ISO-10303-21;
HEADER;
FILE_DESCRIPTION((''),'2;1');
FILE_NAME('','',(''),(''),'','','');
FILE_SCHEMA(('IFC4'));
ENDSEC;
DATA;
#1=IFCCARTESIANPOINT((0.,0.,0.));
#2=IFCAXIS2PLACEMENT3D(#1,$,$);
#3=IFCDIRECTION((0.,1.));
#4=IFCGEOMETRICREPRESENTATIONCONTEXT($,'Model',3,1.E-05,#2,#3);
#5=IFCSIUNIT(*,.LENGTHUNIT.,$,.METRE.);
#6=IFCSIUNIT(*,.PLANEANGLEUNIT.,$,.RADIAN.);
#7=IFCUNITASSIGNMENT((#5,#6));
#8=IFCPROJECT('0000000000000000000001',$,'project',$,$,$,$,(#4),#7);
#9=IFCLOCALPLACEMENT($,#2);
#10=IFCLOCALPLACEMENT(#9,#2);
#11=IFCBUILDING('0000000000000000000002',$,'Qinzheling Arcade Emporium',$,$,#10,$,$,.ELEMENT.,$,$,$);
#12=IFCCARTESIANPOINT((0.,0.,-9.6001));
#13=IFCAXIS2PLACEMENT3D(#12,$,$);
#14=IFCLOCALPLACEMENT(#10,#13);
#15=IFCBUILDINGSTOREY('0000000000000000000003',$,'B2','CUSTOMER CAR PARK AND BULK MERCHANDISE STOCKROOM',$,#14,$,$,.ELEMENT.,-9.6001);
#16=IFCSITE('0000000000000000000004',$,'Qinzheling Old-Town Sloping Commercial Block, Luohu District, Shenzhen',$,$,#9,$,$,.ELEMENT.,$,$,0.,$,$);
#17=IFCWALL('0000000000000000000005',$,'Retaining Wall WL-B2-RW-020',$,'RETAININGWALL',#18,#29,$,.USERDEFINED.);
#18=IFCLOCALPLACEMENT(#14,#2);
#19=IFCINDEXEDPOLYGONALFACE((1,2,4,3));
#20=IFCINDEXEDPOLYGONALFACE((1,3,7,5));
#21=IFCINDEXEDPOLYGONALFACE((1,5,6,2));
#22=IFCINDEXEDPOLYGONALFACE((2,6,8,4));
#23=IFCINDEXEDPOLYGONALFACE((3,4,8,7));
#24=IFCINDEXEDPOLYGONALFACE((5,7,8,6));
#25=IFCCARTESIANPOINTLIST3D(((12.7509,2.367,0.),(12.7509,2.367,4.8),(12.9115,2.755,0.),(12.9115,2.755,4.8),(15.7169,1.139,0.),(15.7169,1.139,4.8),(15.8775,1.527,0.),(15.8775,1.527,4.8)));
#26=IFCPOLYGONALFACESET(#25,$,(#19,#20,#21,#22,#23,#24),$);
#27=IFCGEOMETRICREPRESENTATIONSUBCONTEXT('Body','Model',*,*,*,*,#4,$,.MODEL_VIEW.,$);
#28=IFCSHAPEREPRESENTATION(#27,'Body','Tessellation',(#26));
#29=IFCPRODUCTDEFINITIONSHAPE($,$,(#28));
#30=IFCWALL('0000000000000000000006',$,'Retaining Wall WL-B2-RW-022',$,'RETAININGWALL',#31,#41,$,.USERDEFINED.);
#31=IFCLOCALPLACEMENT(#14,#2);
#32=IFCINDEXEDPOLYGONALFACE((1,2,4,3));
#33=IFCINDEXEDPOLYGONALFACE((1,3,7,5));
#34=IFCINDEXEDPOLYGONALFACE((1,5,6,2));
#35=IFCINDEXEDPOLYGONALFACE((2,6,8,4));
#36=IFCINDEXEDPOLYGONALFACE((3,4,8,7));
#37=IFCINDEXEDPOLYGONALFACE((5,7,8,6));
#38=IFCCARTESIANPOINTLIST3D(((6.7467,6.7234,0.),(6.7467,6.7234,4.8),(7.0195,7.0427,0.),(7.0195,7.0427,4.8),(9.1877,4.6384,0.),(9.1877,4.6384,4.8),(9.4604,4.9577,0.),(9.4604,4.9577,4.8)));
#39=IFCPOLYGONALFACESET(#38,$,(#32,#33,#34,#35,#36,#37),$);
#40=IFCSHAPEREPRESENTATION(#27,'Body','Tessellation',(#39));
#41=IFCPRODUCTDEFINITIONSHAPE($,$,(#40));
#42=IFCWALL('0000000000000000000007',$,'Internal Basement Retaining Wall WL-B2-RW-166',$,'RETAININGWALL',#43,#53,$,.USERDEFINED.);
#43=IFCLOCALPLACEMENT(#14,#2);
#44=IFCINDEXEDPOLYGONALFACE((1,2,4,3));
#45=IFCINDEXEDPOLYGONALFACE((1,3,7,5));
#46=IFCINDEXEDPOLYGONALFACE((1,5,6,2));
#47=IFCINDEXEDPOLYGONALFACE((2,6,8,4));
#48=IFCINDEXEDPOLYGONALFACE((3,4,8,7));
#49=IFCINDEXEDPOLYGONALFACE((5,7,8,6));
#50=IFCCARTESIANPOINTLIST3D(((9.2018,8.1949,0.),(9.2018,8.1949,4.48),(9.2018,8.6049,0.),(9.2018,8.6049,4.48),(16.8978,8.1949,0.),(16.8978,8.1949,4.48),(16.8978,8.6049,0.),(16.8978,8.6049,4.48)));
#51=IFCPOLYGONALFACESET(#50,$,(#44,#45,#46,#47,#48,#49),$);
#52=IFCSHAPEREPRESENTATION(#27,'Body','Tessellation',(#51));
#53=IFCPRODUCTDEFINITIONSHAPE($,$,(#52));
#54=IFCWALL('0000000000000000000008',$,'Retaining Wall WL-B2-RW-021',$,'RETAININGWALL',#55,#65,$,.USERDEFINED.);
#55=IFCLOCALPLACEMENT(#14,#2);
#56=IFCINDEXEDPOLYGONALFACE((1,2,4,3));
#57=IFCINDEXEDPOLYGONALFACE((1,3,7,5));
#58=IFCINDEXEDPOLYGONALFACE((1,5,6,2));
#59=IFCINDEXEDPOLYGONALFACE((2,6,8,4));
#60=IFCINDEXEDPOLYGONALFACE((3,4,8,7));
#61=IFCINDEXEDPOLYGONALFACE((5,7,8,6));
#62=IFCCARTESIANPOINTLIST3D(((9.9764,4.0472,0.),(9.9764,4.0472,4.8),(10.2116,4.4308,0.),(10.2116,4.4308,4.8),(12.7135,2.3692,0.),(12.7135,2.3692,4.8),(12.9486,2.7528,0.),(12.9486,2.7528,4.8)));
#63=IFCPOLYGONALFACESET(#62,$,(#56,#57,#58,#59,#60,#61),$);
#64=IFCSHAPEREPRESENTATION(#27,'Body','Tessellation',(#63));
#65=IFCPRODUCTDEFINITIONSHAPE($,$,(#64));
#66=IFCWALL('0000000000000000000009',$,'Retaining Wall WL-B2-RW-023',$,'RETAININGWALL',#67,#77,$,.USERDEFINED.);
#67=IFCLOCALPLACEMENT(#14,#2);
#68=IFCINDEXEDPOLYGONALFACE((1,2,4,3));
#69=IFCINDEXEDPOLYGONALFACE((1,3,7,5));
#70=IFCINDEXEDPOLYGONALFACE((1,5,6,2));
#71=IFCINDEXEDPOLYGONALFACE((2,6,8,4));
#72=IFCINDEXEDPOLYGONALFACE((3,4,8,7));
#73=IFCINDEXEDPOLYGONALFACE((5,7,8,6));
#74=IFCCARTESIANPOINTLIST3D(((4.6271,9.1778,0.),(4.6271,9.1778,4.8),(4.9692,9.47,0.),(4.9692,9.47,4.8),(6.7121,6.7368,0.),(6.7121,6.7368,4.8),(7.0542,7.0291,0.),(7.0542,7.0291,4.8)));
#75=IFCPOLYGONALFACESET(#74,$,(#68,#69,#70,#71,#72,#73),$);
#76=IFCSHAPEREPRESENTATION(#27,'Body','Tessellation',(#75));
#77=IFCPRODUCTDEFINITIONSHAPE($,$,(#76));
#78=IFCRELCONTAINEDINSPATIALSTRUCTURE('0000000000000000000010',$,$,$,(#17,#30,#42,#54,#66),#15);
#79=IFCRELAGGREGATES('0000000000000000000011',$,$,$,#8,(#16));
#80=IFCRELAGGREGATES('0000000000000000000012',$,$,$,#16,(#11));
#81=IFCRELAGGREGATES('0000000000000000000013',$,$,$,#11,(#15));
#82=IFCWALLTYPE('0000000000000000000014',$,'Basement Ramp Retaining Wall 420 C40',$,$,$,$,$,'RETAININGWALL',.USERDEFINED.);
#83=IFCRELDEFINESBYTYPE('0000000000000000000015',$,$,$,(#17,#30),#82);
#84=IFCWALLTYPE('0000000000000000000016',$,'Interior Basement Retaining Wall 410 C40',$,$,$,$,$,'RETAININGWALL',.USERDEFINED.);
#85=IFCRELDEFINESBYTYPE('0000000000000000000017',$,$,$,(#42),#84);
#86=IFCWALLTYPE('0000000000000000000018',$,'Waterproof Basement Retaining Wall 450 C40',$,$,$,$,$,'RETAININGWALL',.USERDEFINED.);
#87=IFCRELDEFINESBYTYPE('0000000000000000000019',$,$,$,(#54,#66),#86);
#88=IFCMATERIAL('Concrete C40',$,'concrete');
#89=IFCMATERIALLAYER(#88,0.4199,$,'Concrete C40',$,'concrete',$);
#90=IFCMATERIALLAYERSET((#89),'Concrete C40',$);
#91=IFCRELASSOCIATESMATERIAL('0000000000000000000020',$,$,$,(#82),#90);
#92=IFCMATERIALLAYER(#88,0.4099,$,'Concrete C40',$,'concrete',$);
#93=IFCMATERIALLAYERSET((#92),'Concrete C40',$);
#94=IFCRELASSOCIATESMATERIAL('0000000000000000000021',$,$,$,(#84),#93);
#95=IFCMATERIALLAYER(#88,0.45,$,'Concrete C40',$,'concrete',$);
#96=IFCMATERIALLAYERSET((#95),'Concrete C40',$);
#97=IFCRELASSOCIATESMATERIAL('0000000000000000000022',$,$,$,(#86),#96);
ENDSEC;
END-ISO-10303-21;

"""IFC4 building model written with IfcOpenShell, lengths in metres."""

from ifc_helpers import new_model, si_unit, direction, frame, frame_2d, origin, place, context, subcontext, project, spatial, rectangle, extrude, material, layer, layer_set, type_object, element, save


model = new_model("IFC4")

# Units and contexts
model_context = context("Model", 3, precision=1e-05, world=origin(), true_north=direction((0.0, 1.0)))
body_context = subcontext(model_context, "Body", "Model", "MODEL_VIEW")
ifc_project = project(units=[si_unit("LENGTHUNIT", "METRE"), si_unit("PLANEANGLEUNIT", "RADIAN")], contexts=[model_context])

# Site, building, storey
site_placement = place(None, origin())
site = spatial("IfcSite", under=ifc_project, at=site_placement, Name="Qinzheling Old-Town Sloping Commercial Block, Luohu District, Shenzhen", CompositionType="ELEMENT", RefElevation=0.0)
building_placement = place(site_placement, origin())
building = spatial("IfcBuilding", under=site, at=building_placement, Name="Qinzheling Arcade Emporium", CompositionType="ELEMENT")
storey_placement = place(building_placement, frame((0.0, 0.0, -9.6001)))
storey = spatial("IfcBuildingStorey", under=building, at=storey_placement, Name="B2", Description="CUSTOMER CAR PARK AND BULK MERCHANDISE STOCKROOM", CompositionType="ELEMENT", Elevation=-9.6001)

# Shared definitions
ifc_material_1 = material(Name="Concrete C40", Category="concrete")

# Walls
ifc_layer_1 = layer(ifc_material_1, 0.4199, Name="Concrete C40", Category="concrete")
ifc_layer_set_1 = layer_set([ifc_layer_1], Name="Concrete C40")
wall_type_1 = type_object("IfcWallType", Name="Basement Ramp Retaining Wall 420 C40", ElementType="RETAININGWALL", PredefinedType="USERDEFINED", material=ifc_layer_set_1)
for number, where, z_axis, x_axis, name in (
    (1, (15.7971, 1.333, 0.0), (0.0, 0.0, 1.0), (-0.923941, 0.382535, 0.0), "Retaining Wall WL-B2-RW-020"),
    (2, (9.324, 4.7981, 0.0), (0.0, 0.0, 1.0), (-0.760372, 0.649488, 0.0), "Retaining Wall WL-B2-RW-022"),
):
    element("IfcWall", number, at=place(storey_placement, frame(where, z_axis=z_axis, x_axis=x_axis)), inside=storey, type_object=wall_type_1, Name=name, ObjectType="RETAININGWALL", PredefinedType="USERDEFINED", context=body_context, shape_type="SweptSolid", body=[
        extrude(rectangle(XDim=3.2102, YDim=0.4199, at=frame_2d((1.605, 0.0))), origin(), (0.0, 0.0, 1.0), 4.8),
    ])
ifc_layer_2 = layer(ifc_material_1, 0.4099, Name="Concrete C40", Category="concrete")
ifc_layer_set_2 = layer_set([ifc_layer_2], Name="Concrete C40")
wall_type_2 = type_object("IfcWallType", Name="Interior Basement Retaining Wall 410 C40", ElementType="RETAININGWALL", PredefinedType="USERDEFINED", material=ifc_layer_set_2)
wall_1_placement = place(storey_placement, frame((16.8979, 8.3999, 0.0), z_axis=(0.0, 0.0, 1.0), x_axis=(-1.0, 0.0, 0.0)))
element("IfcWall", 3, at=wall_1_placement, inside=storey, type_object=wall_type_2, Name="Internal Basement Retaining Wall WL-B2-RW-166", ObjectType="RETAININGWALL", PredefinedType="USERDEFINED", context=body_context, shape_type="SweptSolid", body=[
    extrude(rectangle(XDim=7.696, YDim=0.4099, at=frame_2d((3.8481, 0.0))), origin(), (0.0, 0.0, 1.0), 4.48),
])
ifc_layer_3 = layer(ifc_material_1, 0.45, Name="Concrete C40", Category="concrete")
ifc_layer_set_3 = layer_set([ifc_layer_3], Name="Concrete C40")
wall_type_3 = type_object("IfcWallType", Name="Waterproof Basement Retaining Wall 450 C40", ElementType="RETAININGWALL", PredefinedType="USERDEFINED", material=ifc_layer_set_3)
wall_2_placement = place(storey_placement, frame((12.8311, 2.561, 0.0), z_axis=(0.0, 0.0, 1.0), x_axis=(-0.852542, 0.522658, 0.0)))
element("IfcWall", 4, at=wall_2_placement, inside=storey, type_object=wall_type_3, Name="Retaining Wall WL-B2-RW-021", ObjectType="RETAININGWALL", PredefinedType="USERDEFINED", context=body_context, shape_type="SweptSolid", body=[
    extrude(rectangle(XDim=3.2104, YDim=0.45, at=frame_2d((1.6052, 0.0))), origin(), (0.0, 0.0, 1.0), 4.8),
])
wall_3_placement = place(storey_placement, frame((6.8831, 6.8831, 0.0), z_axis=(0.0, 0.0, 1.0), x_axis=(-0.649488, 0.760372, 0.0)))
element("IfcWall", 5, at=wall_3_placement, inside=storey, type_object=wall_type_3, Name="Retaining Wall WL-B2-RW-023", ObjectType="RETAININGWALL", PredefinedType="USERDEFINED", context=body_context, shape_type="SweptSolid", body=[
    extrude(rectangle(XDim=3.2102, YDim=0.45, at=frame_2d((1.605, 0.0))), origin(), (0.0, 0.0, 1.0), 4.8),
])

save(model, "model.ifc")
